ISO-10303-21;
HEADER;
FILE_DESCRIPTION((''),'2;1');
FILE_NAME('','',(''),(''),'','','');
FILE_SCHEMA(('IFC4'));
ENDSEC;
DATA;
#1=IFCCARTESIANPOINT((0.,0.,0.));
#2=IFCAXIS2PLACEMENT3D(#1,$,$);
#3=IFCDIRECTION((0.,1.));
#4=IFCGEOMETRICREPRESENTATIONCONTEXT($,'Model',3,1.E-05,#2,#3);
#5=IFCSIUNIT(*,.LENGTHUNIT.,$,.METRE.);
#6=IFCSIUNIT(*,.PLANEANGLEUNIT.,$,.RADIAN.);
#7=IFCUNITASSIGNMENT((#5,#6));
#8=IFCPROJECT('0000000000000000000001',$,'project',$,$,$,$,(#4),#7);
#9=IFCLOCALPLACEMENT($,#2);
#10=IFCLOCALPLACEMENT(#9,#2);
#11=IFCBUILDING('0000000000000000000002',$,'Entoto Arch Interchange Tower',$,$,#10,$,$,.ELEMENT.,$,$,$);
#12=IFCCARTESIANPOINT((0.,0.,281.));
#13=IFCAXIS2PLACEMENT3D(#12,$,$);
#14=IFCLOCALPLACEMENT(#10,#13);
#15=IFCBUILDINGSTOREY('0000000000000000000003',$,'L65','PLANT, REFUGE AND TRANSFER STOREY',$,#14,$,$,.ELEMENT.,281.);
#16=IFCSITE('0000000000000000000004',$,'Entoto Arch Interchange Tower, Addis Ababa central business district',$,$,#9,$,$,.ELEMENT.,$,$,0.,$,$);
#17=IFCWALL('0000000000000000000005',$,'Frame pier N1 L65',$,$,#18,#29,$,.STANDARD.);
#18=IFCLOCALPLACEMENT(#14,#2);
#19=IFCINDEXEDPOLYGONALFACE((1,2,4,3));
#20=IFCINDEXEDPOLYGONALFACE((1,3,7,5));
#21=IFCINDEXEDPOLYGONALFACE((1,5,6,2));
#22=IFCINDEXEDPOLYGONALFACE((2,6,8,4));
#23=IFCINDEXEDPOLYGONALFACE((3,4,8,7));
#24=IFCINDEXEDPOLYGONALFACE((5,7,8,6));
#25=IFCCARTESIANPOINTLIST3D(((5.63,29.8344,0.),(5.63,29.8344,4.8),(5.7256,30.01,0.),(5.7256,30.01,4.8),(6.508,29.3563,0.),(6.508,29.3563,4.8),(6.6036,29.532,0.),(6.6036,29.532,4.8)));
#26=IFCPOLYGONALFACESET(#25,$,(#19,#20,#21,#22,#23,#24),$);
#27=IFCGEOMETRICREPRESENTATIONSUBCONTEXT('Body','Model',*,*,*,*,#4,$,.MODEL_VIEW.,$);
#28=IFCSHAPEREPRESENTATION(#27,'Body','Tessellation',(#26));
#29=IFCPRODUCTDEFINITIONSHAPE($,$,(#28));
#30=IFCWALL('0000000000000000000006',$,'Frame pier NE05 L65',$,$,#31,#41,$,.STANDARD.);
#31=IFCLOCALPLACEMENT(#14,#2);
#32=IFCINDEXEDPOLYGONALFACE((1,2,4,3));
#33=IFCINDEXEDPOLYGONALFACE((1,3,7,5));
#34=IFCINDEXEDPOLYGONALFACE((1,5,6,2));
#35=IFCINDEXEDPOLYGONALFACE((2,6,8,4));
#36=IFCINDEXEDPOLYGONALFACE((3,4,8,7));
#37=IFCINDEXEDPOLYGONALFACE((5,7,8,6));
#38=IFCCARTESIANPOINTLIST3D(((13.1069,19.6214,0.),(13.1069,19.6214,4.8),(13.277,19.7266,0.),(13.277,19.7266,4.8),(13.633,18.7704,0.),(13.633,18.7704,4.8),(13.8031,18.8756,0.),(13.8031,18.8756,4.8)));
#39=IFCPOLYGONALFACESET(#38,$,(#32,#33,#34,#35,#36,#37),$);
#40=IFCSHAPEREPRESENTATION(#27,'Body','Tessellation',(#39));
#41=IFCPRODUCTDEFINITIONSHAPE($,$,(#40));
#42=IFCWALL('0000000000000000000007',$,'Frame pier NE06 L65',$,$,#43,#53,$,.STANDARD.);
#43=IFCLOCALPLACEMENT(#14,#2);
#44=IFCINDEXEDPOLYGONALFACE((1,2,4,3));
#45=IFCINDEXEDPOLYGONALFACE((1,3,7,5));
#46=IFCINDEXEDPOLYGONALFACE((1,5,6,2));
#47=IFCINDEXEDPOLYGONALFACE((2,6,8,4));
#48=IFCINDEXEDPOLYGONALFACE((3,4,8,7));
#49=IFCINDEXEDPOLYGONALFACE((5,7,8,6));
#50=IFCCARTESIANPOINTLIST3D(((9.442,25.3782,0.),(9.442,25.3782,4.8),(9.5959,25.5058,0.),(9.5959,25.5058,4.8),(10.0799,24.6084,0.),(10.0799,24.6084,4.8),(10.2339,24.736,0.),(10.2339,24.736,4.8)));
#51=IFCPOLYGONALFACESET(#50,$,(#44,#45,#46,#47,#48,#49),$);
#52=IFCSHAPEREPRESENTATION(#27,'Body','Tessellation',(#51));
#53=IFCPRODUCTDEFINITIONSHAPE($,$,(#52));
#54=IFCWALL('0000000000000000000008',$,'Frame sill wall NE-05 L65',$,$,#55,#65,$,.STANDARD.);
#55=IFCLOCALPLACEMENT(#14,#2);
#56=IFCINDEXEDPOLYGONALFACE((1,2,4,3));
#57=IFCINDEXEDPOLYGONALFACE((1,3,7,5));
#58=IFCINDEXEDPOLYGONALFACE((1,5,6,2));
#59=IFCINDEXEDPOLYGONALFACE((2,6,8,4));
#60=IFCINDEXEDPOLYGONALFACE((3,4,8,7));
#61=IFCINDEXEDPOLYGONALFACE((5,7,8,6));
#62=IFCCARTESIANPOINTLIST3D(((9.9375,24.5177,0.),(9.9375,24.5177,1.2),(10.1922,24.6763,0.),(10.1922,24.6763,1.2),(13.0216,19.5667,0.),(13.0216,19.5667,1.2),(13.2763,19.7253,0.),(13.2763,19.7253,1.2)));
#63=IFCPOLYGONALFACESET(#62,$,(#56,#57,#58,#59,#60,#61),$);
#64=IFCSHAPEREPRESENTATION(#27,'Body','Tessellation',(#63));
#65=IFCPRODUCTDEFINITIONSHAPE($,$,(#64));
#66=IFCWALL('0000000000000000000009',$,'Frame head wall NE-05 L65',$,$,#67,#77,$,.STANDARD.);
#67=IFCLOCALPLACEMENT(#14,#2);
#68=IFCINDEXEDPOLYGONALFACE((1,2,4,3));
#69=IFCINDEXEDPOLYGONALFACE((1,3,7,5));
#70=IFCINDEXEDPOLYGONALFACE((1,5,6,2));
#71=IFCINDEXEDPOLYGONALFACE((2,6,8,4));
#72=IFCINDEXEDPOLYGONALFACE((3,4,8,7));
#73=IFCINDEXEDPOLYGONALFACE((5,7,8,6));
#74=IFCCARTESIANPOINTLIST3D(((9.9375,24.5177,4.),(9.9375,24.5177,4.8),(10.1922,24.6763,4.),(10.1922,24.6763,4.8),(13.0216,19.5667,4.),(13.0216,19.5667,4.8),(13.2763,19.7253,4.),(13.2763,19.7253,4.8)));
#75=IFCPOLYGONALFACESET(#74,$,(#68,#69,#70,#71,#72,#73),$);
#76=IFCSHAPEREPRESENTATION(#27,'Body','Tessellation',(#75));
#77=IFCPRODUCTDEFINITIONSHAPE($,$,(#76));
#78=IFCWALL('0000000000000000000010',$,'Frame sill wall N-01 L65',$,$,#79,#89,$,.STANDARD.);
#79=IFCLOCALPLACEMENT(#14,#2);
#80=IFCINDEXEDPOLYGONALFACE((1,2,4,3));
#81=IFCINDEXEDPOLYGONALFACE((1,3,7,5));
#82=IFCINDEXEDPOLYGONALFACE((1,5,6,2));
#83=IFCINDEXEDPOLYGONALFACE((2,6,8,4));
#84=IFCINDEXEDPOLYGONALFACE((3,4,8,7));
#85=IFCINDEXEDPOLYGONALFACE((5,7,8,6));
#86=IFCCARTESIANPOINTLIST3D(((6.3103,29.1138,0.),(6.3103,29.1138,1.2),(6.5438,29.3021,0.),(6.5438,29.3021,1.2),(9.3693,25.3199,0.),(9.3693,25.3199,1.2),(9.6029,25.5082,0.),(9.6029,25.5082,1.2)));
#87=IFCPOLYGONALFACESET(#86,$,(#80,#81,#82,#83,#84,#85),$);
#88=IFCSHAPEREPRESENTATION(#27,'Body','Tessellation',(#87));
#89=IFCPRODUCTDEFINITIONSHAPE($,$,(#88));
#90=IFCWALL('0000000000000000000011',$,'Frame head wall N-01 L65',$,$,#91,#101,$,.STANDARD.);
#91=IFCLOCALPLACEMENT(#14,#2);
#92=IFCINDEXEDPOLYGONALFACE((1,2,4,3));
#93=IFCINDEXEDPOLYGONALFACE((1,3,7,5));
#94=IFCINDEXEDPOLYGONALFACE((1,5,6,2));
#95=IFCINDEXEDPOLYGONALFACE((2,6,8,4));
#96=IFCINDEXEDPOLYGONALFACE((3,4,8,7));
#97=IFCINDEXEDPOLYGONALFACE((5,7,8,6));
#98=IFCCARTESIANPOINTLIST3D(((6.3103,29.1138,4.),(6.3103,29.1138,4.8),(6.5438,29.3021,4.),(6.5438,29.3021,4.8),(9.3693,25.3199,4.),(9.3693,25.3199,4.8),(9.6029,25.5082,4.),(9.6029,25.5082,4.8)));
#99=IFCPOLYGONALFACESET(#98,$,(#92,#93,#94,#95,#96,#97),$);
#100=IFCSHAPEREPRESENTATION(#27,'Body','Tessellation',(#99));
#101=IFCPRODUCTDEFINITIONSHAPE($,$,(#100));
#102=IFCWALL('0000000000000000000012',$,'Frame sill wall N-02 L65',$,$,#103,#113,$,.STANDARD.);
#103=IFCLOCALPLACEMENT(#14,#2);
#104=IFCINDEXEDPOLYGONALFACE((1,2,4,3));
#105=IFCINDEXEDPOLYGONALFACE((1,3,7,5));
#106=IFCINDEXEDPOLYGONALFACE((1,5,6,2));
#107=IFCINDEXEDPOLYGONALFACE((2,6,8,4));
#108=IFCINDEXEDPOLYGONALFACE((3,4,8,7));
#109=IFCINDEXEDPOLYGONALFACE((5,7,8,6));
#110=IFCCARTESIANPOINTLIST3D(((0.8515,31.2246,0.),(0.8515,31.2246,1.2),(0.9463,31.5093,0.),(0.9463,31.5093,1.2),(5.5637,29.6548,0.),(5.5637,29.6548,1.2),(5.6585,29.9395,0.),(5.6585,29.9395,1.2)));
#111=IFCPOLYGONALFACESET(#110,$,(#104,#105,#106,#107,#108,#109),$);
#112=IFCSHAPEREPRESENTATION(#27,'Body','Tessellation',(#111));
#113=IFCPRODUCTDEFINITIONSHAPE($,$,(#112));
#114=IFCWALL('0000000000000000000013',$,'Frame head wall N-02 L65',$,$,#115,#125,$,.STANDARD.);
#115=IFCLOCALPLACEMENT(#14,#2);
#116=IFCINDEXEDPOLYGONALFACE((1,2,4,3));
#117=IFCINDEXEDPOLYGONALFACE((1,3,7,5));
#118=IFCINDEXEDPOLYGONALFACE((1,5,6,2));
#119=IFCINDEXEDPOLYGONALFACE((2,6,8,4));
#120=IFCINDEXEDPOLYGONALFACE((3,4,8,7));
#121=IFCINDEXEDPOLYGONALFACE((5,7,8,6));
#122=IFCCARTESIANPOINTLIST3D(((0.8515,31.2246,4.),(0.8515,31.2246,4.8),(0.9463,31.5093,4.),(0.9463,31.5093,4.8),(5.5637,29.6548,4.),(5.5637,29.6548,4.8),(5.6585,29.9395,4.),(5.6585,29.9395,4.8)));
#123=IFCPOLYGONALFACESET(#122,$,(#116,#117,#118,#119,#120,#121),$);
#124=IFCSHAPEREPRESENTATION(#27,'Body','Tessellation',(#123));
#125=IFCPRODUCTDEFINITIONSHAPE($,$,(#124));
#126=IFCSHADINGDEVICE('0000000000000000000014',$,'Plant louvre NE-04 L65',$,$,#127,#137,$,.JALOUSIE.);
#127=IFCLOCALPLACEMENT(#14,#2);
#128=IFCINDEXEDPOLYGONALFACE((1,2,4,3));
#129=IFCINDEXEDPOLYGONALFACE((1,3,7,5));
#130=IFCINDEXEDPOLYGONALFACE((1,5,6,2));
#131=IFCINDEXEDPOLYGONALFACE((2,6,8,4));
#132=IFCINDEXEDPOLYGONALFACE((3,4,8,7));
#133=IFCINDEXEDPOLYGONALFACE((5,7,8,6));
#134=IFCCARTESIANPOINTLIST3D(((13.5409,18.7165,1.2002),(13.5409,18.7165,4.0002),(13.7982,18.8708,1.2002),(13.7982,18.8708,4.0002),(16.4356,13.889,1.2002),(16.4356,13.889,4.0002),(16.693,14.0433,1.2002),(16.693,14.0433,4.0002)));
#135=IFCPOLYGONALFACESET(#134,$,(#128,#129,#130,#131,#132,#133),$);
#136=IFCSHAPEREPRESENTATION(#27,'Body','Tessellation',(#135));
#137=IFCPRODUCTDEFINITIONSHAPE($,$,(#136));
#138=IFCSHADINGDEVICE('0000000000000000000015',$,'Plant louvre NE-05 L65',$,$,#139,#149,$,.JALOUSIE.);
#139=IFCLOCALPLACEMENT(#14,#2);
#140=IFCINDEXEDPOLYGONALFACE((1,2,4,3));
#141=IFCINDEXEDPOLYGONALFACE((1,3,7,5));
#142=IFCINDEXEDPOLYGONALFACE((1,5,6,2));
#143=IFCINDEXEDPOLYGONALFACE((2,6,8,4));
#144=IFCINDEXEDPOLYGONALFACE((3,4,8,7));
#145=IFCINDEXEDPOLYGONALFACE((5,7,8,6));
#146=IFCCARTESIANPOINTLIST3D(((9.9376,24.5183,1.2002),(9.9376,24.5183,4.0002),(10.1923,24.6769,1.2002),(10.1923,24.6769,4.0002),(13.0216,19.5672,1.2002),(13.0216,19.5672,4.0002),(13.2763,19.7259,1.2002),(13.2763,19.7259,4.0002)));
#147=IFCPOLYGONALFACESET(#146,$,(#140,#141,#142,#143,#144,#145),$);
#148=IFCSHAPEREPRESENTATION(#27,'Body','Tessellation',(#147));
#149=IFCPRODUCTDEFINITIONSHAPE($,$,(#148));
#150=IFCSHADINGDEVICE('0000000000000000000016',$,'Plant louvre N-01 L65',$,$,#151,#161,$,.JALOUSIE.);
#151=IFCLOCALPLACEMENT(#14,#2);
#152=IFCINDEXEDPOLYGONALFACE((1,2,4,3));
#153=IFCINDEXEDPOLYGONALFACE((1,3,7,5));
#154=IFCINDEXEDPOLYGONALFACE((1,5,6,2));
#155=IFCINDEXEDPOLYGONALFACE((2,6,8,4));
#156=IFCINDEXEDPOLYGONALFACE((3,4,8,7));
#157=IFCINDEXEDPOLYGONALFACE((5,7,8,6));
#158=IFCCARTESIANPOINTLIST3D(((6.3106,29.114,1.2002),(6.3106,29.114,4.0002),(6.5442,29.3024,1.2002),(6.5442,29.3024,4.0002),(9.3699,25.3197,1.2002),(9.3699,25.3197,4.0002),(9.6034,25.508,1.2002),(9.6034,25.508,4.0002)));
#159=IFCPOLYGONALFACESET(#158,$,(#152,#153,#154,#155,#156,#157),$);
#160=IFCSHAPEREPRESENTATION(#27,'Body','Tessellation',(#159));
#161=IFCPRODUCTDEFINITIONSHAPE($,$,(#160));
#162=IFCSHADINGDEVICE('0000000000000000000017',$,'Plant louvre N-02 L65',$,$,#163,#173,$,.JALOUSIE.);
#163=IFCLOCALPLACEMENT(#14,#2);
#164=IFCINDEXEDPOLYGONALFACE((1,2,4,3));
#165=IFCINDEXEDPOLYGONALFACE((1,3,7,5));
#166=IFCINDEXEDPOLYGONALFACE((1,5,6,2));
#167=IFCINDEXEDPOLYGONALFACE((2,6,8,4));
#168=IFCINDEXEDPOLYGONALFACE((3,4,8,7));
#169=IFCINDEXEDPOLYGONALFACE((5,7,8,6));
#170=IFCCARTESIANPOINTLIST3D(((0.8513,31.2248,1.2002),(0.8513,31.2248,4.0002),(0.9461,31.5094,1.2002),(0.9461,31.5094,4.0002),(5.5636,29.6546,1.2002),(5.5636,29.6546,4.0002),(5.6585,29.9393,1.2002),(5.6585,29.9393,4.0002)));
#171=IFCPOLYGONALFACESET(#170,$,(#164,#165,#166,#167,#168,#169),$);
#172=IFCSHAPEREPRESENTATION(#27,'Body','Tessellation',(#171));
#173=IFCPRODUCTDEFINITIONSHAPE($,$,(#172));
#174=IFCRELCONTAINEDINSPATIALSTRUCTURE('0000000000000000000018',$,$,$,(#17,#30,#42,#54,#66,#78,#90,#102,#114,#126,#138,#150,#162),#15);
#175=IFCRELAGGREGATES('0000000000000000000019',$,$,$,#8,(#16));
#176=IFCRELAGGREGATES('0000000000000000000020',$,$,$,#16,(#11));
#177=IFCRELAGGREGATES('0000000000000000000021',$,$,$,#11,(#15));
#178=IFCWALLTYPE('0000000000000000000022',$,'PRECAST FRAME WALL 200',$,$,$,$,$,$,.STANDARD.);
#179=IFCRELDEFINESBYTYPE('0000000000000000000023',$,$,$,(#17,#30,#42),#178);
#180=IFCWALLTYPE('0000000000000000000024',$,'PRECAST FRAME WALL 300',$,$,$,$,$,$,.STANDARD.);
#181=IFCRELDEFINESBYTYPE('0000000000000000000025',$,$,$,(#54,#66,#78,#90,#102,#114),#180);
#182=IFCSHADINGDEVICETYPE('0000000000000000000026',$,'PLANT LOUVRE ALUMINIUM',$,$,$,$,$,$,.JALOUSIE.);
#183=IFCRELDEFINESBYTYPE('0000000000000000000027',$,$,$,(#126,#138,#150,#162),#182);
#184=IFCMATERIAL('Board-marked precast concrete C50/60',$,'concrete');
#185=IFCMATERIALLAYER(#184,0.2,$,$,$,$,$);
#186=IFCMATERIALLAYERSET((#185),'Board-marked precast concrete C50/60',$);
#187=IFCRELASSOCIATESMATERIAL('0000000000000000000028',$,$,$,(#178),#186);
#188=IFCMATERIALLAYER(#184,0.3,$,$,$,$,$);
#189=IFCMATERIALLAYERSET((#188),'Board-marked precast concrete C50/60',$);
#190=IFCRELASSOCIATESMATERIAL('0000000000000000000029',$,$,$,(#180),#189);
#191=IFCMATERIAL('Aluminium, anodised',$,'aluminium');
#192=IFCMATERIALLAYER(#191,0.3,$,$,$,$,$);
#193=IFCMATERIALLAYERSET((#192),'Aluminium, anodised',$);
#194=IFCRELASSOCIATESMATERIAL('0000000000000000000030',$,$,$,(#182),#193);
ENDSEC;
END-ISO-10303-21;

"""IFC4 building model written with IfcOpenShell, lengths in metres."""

from ifc_helpers import new_model, si_unit, direction, frame, frame_2d, origin, origin_2d, place, context, subcontext, project, spatial, rectangle, extrude, material, layer, layer_set, type_object, element, save


model = new_model("IFC4")

# Units and contexts
model_context = context("Model", 3, precision=1e-05, world=origin(), true_north=direction((0.0, 1.0)))
body_context = subcontext(model_context, "Body", "Model", "MODEL_VIEW")
ifc_project = project(units=[si_unit("LENGTHUNIT", "METRE"), si_unit("PLANEANGLEUNIT", "RADIAN")], contexts=[model_context])

# Site, building, storey
site_placement = place(None, origin())
site = spatial("IfcSite", under=ifc_project, at=site_placement, Name="Entoto Arch Interchange Tower, Addis Ababa central business district", CompositionType="ELEMENT", RefElevation=0.0)
building_placement = place(site_placement, origin())
building = spatial("IfcBuilding", under=site, at=building_placement, Name="Entoto Arch Interchange Tower", CompositionType="ELEMENT")
storey_placement = place(building_placement, frame((0.0, 0.0, 281.0)))
storey = spatial("IfcBuildingStorey", under=building, at=storey_placement, Name="L65", Description="PLANT, REFUGE AND TRANSFER STOREY", CompositionType="ELEMENT", Elevation=281.0)

# Walls
ifc_material_1 = material(Name="Board-marked precast concrete C50/60", Category="concrete")
ifc_layer_1 = layer(ifc_material_1, 0.2)
ifc_layer_set_1 = layer_set([ifc_layer_1], Name="Board-marked precast concrete C50/60")
wall_type_1 = type_object("IfcWallType", Name="PRECAST FRAME WALL 200", PredefinedType="STANDARD", material=ifc_layer_set_1)
wall_1_placement = place(storey_placement, frame((6.5559, 29.4441, 0.0), z_axis=(0.0, 0.0, 1.0), x_axis=(-0.87825, 0.478202, 0.0)))
element("IfcWall", 1, at=wall_1_placement, inside=storey, type_object=wall_type_1, Name="Frame pier N1 L65", PredefinedType="STANDARD", context=body_context, shape_type="SweptSolid", body=[
    extrude(rectangle(XDim=0.9998, YDim=0.2, at=frame_2d((0.5, 0.0))), origin(), (0.0, 0.0, 1.0), 4.8),
])
wall_2_placement = place(storey_placement, frame((13.718, 18.823, 0.0), z_axis=(0.0, 0.0, 1.0), x_axis=(-0.525825, 0.850593, 0.0)))
element("IfcWall", 2, at=wall_2_placement, inside=storey, type_object=wall_type_1, Name="Frame pier NE05 L65", PredefinedType="STANDARD", context=body_context, shape_type="SweptSolid", body=[
    extrude(rectangle(XDim=1.0005, YDim=0.2, at=frame_2d((0.5002, 0.0))), origin(), (0.0, 0.0, 1.0), 4.8),
])
wall_3_placement = place(storey_placement, frame((10.157, 24.6721, 0.0), z_axis=(0.0, 0.0, 1.0), x_axis=(-0.638092, 0.76996, 0.0)))
element("IfcWall", 3, at=wall_3_placement, inside=storey, type_object=wall_type_1, Name="Frame pier NE06 L65", PredefinedType="STANDARD", context=body_context, shape_type="SweptSolid", body=[
    extrude(rectangle(XDim=0.9998, YDim=0.2, at=frame_2d((0.5, 0.0))), origin(), (0.0, 0.0, 1.0), 4.8),
])
ifc_layer_2 = layer(ifc_material_1, 0.3)
ifc_layer_set_2 = layer_set([ifc_layer_2], Name="Board-marked precast concrete C50/60")
wall_type_2 = type_object("IfcWallType", Name="PRECAST FRAME WALL 300", PredefinedType="STANDARD", material=ifc_layer_set_2)
wall_4_placement = place(storey_placement, frame((13.1489, 19.646, 0.0), z_axis=(0.0, 0.0, 1.0), x_axis=(-0.528723, 0.848794, 0.0)))
element("IfcWall", 4, at=wall_4_placement, inside=storey, type_object=wall_type_2, Name="Frame sill wall NE-05 L65", PredefinedType="STANDARD", context=body_context, shape_type="SweptSolid", body=[
    extrude(rectangle(XDim=5.833, YDim=0.3, at=frame_2d((2.9165, 0.0))), origin(), (0.0, 0.0, 1.0), 1.2),
])
wall_5_placement = place(storey_placement, frame((13.1489, 19.646, 4.0), z_axis=(0.0, 0.0, 1.0), x_axis=(-0.528723, 0.848794, 0.0)))
element("IfcWall", 5, at=wall_5_placement, inside=storey, type_object=wall_type_2, Name="Frame head wall NE-05 L65", PredefinedType="STANDARD", context=body_context, shape_type="SweptSolid", body=[
    extrude(rectangle(XDim=5.833, YDim=0.3, at=frame_2d((2.9165, 0.0))), origin(), (0.0, 0.0, 1.0), 0.8),
])
wall_6_placement = place(storey_placement, frame((9.4861, 25.4141, 0.0), z_axis=(0.0, 0.0, 1.0), x_axis=(-0.627684, 0.778468, 0.0)))
element("IfcWall", 6, at=wall_6_placement, inside=storey, type_object=wall_type_2, Name="Frame sill wall N-01 L65", PredefinedType="STANDARD", context=body_context, shape_type="SweptSolid", body=[
    extrude(rectangle(XDim=4.8735, YDim=0.3, at=frame_2d((2.4368, 0.0))), origin(), (0.0, 0.0, 1.0), 1.2),
])
wall_7_placement = place(storey_placement, frame((9.4861, 25.4141, 4.0), z_axis=(0.0, 0.0, 1.0), x_axis=(-0.627684, 0.778468, 0.0)))
element("IfcWall", 7, at=wall_7_placement, inside=storey, type_object=wall_type_2, Name="Frame head wall N-01 L65", PredefinedType="STANDARD", context=body_context, shape_type="SweptSolid", body=[
    extrude(rectangle(XDim=4.8735, YDim=0.3, at=frame_2d((2.4368, 0.0))), origin(), (0.0, 0.0, 1.0), 0.8),
])
wall_8_placement = place(storey_placement, frame((5.6111, 29.7971, 0.0), z_axis=(0.0, 0.0, 1.0), x_axis=(-0.948737, 0.316066, 0.0)))
element("IfcWall", 8, at=wall_8_placement, inside=storey, type_object=wall_type_2, Name="Frame sill wall N-02 L65", PredefinedType="STANDARD", context=body_context, shape_type="SweptSolid", body=[
    extrude(rectangle(XDim=4.9668, YDim=0.3, at=frame_2d((2.4834, 0.0))), origin(), (0.0, 0.0, 1.0), 1.2),
])
wall_9_placement = place(storey_placement, frame((5.6111, 29.7971, 4.0), z_axis=(0.0, 0.0, 1.0), x_axis=(-0.948737, 0.316066, 0.0)))
element("IfcWall", 9, at=wall_9_placement, inside=storey, type_object=wall_type_2, Name="Frame head wall N-02 L65", PredefinedType="STANDARD", context=body_context, shape_type="SweptSolid", body=[
    extrude(rectangle(XDim=4.9668, YDim=0.3, at=frame_2d((2.4834, 0.0))), origin(), (0.0, 0.0, 1.0), 0.8),
])

# Shading devices
ifc_material_2 = material(Name="Aluminium, anodised", Category="aluminium")
ifc_layer_3 = layer(ifc_material_2, 0.3)
ifc_layer_set_3 = layer_set([ifc_layer_3], Name="Aluminium, anodised")
shading_device_type = type_object("IfcShadingDeviceType", Name="PLANT LOUVRE ALUMINIUM", PredefinedType="JALOUSIE", material=ifc_layer_set_3)
shading_device_1_placement = place(storey_placement, frame((15.1169, 16.3799, 1.2002), z_axis=(0.0, 0.0, 1.0), x_axis=(-0.51426, 0.857634, 0.0)))
element("IfcShadingDevice", 10, at=shading_device_1_placement, inside=storey, type_object=shading_device_type, Name="Plant louvre NE-04 L65", PredefinedType="JALOUSIE", context=body_context, shape_type="SweptSolid", body=[
    extrude(rectangle(XDim=5.6289, YDim=0.3, at=origin_2d()), origin(), (0.0, 0.0, 1.0), 2.8),
])
shading_device_2_placement = place(storey_placement, frame((11.6069, 22.1221, 1.2002), z_axis=(0.0, 0.0, 1.0), x_axis=(-0.52872, 0.848796, 0.0)))
element("IfcShadingDevice", 11, at=shading_device_2_placement, inside=storey, type_object=shading_device_type, Name="Plant louvre NE-05 L65", PredefinedType="JALOUSIE", context=body_context, shape_type="SweptSolid", body=[
    extrude(rectangle(XDim=5.833, YDim=0.3, at=origin_2d()), origin(), (0.0, 0.0, 1.0), 2.8),
])
shading_device_3_placement = place(storey_placement, frame((7.957, 27.311, 1.2002), z_axis=(0.0, 0.0, 1.0), x_axis=(-0.627664, 0.778484, 0.0)))
element("IfcShadingDevice", 12, at=shading_device_3_placement, inside=storey, type_object=shading_device_type, Name="Plant louvre N-01 L65", PredefinedType="JALOUSIE", context=body_context, shape_type="SweptSolid", body=[
    extrude(rectangle(XDim=4.874, YDim=0.3, at=origin_2d()), origin(), (0.0, 0.0, 1.0), 2.8),
])
shading_device_4_placement = place(storey_placement, frame((3.2549, 30.582, 1.2002), z_axis=(0.0, 0.0, 1.0), x_axis=(-0.948722, 0.316113, 0.0)))
element("IfcShadingDevice", 13, at=shading_device_4_placement, inside=storey, type_object=shading_device_type, Name="Plant louvre N-02 L65", PredefinedType="JALOUSIE", context=body_context, shape_type="SweptSolid", body=[
    extrude(rectangle(XDim=4.967, YDim=0.3, at=origin_2d()), origin(), (0.0, 0.0, 1.0), 2.8),
])

save(model, "model.ifc")
